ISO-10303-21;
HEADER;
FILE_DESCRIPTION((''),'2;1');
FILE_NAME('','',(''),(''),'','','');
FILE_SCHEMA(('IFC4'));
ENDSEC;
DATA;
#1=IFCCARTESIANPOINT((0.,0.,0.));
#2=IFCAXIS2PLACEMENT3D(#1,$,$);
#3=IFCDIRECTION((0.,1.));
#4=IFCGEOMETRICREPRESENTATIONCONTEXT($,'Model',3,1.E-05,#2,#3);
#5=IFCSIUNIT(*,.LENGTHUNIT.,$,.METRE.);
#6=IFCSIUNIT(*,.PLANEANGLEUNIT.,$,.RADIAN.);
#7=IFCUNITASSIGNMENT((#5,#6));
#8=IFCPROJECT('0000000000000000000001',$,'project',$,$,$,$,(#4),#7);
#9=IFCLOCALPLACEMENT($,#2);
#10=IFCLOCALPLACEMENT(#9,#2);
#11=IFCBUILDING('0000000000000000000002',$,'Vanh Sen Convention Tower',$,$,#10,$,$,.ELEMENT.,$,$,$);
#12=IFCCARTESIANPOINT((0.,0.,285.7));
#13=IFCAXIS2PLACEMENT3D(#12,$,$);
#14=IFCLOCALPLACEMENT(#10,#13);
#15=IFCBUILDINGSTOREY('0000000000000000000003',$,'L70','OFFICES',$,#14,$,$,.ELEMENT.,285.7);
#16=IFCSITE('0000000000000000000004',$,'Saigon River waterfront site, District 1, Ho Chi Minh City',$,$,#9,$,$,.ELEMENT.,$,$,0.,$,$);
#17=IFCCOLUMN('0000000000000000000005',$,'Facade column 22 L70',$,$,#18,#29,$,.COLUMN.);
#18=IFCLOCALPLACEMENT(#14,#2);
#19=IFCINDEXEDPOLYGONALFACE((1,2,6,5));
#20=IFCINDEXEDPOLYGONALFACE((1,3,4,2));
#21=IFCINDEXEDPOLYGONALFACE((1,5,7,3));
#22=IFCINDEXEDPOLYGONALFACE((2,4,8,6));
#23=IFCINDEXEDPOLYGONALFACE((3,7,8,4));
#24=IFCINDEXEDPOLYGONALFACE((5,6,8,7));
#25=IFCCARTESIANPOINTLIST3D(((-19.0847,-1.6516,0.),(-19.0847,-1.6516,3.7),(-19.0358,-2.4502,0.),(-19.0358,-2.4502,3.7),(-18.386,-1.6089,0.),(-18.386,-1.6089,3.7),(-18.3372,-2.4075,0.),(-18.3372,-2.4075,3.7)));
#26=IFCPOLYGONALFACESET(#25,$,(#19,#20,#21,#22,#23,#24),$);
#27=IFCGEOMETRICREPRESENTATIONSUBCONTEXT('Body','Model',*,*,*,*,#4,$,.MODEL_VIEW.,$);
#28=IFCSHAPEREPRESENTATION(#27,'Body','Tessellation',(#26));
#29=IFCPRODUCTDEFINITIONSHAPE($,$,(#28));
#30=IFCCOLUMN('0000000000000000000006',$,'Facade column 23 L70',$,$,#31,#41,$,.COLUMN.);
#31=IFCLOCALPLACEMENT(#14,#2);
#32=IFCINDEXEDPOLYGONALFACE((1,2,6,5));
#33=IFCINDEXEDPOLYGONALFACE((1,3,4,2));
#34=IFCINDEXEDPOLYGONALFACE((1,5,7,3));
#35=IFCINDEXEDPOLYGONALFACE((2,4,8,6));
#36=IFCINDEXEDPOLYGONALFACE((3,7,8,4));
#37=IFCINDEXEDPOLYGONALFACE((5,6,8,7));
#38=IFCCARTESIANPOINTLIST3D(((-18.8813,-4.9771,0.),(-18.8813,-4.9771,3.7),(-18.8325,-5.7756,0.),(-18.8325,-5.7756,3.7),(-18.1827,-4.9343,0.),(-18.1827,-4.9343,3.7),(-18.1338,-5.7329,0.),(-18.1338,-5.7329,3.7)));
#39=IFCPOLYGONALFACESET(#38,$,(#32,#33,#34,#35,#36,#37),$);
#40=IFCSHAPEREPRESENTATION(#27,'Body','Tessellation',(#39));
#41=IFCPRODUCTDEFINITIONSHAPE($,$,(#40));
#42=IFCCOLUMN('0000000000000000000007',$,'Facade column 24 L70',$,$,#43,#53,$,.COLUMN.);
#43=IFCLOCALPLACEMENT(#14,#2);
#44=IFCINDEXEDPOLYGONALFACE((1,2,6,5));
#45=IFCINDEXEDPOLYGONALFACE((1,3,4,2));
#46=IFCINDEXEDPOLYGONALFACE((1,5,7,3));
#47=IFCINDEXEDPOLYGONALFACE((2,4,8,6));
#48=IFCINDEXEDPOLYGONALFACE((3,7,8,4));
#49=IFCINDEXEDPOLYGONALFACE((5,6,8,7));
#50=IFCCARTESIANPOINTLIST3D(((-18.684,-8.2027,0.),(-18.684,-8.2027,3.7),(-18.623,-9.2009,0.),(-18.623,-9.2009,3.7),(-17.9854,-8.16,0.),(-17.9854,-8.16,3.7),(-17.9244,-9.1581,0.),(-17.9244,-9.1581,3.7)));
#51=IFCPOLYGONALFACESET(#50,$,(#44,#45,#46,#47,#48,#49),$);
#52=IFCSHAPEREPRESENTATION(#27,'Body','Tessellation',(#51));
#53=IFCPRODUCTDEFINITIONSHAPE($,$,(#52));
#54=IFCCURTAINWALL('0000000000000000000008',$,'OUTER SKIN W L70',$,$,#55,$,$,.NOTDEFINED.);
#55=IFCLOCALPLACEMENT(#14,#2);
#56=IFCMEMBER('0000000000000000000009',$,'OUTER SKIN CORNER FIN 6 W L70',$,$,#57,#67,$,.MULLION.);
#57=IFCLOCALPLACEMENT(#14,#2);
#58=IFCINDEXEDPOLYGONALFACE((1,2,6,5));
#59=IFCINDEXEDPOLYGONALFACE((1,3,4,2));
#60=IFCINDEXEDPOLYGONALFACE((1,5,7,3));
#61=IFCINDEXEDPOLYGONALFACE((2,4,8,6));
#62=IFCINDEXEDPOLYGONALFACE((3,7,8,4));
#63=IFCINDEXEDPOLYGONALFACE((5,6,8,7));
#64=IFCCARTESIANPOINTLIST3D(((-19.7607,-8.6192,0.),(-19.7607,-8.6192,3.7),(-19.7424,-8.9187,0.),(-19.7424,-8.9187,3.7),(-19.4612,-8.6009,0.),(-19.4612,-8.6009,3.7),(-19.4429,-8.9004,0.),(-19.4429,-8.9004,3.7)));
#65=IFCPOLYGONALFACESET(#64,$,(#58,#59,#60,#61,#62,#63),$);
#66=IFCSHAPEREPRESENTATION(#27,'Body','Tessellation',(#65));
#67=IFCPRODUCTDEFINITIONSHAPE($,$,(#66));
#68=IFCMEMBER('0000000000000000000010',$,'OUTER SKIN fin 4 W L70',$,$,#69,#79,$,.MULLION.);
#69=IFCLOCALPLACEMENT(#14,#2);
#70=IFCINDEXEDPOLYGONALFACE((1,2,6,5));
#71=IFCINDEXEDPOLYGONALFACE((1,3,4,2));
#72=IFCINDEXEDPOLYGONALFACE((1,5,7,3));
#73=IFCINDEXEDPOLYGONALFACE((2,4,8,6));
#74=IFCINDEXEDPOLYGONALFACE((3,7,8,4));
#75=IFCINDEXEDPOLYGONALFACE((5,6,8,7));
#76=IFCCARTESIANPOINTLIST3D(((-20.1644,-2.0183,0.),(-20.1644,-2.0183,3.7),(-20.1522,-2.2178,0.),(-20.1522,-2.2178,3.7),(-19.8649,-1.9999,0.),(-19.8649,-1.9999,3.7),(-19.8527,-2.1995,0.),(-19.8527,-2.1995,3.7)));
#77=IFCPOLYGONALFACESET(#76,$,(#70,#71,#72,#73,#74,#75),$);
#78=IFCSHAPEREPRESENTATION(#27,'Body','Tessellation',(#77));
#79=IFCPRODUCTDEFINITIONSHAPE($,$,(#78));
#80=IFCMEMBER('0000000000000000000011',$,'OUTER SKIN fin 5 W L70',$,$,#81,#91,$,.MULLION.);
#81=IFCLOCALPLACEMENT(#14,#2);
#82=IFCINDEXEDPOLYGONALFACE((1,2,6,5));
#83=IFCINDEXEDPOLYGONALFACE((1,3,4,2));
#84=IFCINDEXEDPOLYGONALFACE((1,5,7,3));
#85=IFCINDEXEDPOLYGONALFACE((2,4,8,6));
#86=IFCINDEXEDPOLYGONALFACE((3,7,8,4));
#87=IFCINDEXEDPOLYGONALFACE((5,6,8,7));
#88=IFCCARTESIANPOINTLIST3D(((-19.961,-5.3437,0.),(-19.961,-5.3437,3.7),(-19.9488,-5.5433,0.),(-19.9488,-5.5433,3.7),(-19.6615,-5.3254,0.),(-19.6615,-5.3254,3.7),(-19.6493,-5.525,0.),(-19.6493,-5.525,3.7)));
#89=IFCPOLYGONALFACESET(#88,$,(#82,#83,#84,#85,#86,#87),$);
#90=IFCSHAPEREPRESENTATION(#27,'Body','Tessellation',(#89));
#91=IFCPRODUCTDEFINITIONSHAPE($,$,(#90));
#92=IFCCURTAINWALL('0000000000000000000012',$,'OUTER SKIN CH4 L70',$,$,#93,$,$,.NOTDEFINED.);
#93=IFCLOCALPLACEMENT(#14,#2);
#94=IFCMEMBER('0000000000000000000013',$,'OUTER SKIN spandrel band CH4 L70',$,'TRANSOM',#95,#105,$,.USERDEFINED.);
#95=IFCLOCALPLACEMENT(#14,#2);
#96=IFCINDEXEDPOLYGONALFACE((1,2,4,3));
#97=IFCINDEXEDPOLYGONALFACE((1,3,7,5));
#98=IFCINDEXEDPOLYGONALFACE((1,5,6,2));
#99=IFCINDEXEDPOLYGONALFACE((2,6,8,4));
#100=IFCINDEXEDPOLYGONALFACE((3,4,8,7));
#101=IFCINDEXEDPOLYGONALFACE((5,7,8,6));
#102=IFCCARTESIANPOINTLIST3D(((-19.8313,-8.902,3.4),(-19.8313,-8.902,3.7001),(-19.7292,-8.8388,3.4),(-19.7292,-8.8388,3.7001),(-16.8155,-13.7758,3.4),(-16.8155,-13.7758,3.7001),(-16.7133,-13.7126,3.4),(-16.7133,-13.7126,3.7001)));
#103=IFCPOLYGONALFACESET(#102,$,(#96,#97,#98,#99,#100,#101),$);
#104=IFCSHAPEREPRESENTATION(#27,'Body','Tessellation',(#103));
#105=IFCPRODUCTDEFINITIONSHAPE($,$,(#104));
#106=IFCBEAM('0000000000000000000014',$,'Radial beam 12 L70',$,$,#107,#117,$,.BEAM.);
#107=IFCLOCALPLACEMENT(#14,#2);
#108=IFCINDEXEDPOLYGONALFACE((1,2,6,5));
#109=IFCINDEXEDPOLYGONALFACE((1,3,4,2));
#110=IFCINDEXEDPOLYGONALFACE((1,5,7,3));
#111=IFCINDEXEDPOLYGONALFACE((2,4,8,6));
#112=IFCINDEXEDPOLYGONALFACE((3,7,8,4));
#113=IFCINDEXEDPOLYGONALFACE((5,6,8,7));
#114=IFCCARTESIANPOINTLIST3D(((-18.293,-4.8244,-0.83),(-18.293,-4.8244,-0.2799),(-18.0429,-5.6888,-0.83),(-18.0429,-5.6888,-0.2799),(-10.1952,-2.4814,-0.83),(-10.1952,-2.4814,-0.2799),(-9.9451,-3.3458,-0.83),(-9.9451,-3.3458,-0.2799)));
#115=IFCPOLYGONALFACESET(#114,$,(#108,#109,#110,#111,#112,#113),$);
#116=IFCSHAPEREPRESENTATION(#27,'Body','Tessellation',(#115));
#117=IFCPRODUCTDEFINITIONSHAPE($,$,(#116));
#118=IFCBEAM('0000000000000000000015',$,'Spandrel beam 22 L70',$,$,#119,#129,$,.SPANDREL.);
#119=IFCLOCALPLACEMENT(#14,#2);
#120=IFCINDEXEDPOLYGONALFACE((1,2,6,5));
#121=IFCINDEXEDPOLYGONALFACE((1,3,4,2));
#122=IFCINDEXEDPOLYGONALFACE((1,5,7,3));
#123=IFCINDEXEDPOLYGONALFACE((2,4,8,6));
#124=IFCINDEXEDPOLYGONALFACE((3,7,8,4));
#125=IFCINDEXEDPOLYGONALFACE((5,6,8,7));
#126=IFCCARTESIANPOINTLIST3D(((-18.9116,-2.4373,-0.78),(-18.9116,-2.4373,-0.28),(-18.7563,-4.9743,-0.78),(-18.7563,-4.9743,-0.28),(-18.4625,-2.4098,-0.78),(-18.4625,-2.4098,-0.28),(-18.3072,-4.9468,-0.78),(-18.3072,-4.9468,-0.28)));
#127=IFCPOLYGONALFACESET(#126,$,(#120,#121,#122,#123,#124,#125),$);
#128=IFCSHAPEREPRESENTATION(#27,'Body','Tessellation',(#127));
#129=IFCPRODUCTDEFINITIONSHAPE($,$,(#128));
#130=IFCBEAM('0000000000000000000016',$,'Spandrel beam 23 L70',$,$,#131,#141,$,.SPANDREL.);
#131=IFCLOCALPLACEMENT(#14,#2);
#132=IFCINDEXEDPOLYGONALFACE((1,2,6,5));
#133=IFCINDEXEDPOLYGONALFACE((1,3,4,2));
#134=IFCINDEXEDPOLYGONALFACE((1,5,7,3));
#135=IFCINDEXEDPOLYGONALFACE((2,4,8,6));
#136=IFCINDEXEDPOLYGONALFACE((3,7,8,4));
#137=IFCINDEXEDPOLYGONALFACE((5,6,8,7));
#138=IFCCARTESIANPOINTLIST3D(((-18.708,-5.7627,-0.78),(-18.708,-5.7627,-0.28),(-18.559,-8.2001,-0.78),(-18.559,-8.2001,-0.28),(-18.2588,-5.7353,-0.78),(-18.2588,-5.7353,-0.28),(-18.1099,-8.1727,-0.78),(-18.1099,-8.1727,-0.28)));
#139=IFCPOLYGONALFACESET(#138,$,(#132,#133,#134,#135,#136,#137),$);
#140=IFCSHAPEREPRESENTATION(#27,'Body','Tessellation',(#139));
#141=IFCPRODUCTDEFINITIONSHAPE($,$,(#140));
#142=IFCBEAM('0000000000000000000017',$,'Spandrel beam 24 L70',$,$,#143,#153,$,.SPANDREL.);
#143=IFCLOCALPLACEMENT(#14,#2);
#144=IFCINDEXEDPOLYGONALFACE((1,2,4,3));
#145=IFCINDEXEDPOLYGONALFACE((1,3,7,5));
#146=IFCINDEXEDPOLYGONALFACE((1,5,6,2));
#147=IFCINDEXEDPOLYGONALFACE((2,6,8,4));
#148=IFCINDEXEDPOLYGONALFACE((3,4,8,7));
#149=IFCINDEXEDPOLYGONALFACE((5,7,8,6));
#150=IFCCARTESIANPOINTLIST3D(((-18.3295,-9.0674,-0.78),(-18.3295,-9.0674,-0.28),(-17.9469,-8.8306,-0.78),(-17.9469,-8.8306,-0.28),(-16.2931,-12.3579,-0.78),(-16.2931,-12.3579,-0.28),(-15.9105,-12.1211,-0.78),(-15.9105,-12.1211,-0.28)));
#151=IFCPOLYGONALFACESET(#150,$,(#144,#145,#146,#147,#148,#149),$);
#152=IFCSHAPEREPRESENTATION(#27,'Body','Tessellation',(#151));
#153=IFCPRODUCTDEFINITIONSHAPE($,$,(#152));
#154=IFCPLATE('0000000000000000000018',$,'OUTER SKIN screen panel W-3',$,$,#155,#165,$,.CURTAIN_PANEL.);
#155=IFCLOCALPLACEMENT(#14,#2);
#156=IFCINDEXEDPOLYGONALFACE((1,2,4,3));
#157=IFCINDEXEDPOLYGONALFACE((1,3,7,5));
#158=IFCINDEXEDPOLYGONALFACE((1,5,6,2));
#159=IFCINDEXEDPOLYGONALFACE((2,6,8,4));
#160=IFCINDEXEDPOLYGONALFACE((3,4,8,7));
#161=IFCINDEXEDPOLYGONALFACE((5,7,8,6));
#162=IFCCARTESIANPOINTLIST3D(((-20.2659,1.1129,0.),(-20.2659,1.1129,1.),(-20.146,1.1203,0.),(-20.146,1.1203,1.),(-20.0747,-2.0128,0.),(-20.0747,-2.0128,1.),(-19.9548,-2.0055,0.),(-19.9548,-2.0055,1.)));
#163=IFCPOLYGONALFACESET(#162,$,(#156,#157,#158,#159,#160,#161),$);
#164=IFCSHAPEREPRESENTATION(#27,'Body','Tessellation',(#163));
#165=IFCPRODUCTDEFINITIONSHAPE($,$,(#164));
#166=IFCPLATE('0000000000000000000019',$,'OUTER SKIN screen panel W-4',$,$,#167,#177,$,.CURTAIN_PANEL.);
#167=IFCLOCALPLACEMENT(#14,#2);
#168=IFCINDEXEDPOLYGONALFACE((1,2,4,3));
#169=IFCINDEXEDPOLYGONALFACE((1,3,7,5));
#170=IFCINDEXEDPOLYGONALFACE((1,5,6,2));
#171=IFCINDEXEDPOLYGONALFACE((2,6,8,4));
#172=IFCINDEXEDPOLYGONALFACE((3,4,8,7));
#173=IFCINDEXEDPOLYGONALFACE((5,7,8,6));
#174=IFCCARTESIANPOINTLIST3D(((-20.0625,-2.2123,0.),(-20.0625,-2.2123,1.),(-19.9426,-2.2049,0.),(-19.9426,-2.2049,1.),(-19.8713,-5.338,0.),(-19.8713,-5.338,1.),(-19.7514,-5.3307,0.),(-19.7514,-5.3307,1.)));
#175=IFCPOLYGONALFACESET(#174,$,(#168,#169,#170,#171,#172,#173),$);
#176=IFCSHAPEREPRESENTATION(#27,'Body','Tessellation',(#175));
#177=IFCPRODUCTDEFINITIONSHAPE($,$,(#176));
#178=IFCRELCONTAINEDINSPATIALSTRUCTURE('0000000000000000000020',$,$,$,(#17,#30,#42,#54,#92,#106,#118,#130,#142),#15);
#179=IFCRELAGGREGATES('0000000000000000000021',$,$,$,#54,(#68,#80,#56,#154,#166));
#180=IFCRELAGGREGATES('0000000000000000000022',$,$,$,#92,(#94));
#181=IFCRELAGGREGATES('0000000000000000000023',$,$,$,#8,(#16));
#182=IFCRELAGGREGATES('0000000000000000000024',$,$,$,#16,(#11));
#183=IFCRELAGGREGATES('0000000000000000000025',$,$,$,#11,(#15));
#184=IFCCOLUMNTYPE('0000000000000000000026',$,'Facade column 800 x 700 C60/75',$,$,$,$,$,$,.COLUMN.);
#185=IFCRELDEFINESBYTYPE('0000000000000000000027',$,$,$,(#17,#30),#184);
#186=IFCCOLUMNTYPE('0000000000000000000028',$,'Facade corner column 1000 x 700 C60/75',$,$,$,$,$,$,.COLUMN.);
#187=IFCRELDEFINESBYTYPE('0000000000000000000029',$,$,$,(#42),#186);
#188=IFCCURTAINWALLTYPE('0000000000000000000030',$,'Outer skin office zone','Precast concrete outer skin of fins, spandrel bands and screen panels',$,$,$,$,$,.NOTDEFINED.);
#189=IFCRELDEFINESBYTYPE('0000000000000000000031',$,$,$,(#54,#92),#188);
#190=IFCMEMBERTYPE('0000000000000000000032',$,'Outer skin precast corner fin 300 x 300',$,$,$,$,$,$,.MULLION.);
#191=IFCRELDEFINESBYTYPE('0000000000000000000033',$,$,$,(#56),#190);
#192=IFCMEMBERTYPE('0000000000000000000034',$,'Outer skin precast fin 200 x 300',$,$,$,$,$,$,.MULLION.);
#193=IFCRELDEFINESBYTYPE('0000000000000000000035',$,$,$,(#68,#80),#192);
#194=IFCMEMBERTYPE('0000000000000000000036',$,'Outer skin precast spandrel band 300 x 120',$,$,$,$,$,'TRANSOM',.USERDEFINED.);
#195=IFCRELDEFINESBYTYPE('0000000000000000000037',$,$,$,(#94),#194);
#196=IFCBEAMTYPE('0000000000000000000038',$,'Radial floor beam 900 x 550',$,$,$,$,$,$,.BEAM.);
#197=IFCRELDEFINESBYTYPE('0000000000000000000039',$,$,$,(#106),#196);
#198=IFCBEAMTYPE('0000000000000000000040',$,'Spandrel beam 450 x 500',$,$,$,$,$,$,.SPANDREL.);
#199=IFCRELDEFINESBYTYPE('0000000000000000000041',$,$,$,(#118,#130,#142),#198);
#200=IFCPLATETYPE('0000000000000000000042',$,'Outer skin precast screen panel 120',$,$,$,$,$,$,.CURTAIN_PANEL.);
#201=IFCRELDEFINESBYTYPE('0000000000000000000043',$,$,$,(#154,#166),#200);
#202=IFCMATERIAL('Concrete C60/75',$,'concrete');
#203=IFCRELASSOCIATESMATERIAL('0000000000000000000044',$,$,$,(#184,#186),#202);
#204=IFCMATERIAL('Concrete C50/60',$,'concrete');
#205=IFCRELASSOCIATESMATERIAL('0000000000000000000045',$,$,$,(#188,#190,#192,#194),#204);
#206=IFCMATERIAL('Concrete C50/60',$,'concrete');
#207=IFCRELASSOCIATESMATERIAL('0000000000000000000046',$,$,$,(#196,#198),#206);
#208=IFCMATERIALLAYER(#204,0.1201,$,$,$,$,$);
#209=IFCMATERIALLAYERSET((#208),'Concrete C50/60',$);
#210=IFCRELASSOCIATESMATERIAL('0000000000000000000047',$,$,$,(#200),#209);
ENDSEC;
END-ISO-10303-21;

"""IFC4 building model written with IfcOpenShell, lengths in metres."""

from ifc_helpers import new_model, si_unit, direction, frame, origin, origin_2d, place, context, subcontext, project, spatial, rectangle, extrude, material, layer, layer_set, material_profile, profile_set, type_object, element, aggregate, save


model = new_model("IFC4")

# Units and contexts
model_context = context("Model", 3, precision=1e-05, world=origin(), true_north=direction((0.0, 1.0)))
body_context = subcontext(model_context, "Body", "Model", "MODEL_VIEW")
ifc_project = project(units=[si_unit("LENGTHUNIT", "METRE"), si_unit("PLANEANGLEUNIT", "RADIAN")], contexts=[model_context])

# Site, building, storey
site_placement = place(None, origin())
site = spatial("IfcSite", under=ifc_project, at=site_placement, Name="Saigon River waterfront site, District 1, Ho Chi Minh City", CompositionType="ELEMENT", RefElevation=0.0)
building_placement = place(site_placement, origin())
building = spatial("IfcBuilding", under=site, at=building_placement, Name="Vanh Sen Convention Tower", CompositionType="ELEMENT")
storey_placement = place(building_placement, frame((0.0, 0.0, 285.7)))
storey = spatial("IfcBuildingStorey", under=building, at=storey_placement, Name="L70", Description="OFFICES", CompositionType="ELEMENT", Elevation=285.7)

# Columns
ifc_material_1 = material(Name="Concrete C60/75", Category="concrete")
ifc_material_profile_1 = material_profile(ifc_material_1, rectangle(XDim=0.8, YDim=0.7, at=origin_2d()), Name="RC 800X700")
ifc_profile_set_1 = profile_set([ifc_material_profile_1], Name="Concrete C60/75")
column_type_1 = type_object("IfcColumnType", Name="Facade column 800 x 700 C60/75", PredefinedType="COLUMN", material=ifc_profile_set_1)
for number, where, z_axis, x_axis, name in (
    (1, (-18.7109, -2.0295, 0.0), (0.0, 0.0, 1.0), (0.061049, -0.998135, 0.0), "Facade column 22 L70"),
    (2, (-18.5076, -5.355, 0.0), (0.0, 0.0, 1.0), (0.061049, -0.998135, 0.0), "Facade column 23 L70"),
):
    element("IfcColumn", number, at=place(storey_placement, frame(where, z_axis=z_axis, x_axis=x_axis)), inside=storey, type_object=column_type_1, Name=name, PredefinedType="COLUMN", context=body_context, shape_type="SweptSolid", body=[
        extrude(rectangle(XDim=0.8, YDim=0.7, at=origin_2d()), origin(), (0.0, 0.0, 1.0), 3.7),
    ])
ifc_material_profile_2 = material_profile(ifc_material_1, rectangle(XDim=1.0, YDim=0.7, at=origin_2d()), Name="RC 1000X700")
ifc_profile_set_2 = profile_set([ifc_material_profile_2], Name="Concrete C60/75")
column_type_2 = type_object("IfcColumnType", Name="Facade corner column 1000 x 700 C60/75", PredefinedType="COLUMN", material=ifc_profile_set_2)
column_placement = place(storey_placement, frame((-18.3042, -8.6804, 0.0), z_axis=(0.0, 0.0, 1.0), x_axis=(0.061049, -0.998135, 0.0)))
element("IfcColumn", 3, at=column_placement, inside=storey, type_object=column_type_2, Name="Facade column 24 L70", PredefinedType="COLUMN", context=body_context, shape_type="SweptSolid", body=[
    extrude(rectangle(XDim=1.0, YDim=0.7, at=origin_2d()), origin(), (0.0, 0.0, 1.0), 3.7),
])

# Curtain wall, members
ifc_material_2 = material(Name="Concrete C50/60", Category="concrete")
curtain_wall_type = type_object("IfcCurtainWallType", Name="Outer skin office zone", Description="Precast concrete outer skin of fins, spandrel bands and screen panels", PredefinedType="NOTDEFINED", material=ifc_material_2)
curtain_wall_1_placement = place(storey_placement, origin())
curtain_wall_1 = element("IfcCurtainWall", 4, at=curtain_wall_1_placement, inside=storey, type_object=curtain_wall_type, Name="OUTER SKIN W L70", PredefinedType="NOTDEFINED")
ifc_material_profile_3 = material_profile(ifc_material_2, rectangle(XDim=0.3, YDim=0.3, at=origin_2d()), Name="Outer skin precast corner fin 300 x 300")
ifc_profile_set_3 = profile_set([ifc_material_profile_3], Name="Concrete C50/60")
member_type_1 = type_object("IfcMemberType", Name="Outer skin precast corner fin 300 x 300", PredefinedType="MULLION", material=ifc_profile_set_3)
member_1_placement = place(storey_placement, frame((-19.6018, -8.7598, 0.0), z_axis=(0.0, 0.0, 1.0), x_axis=(0.061049, -0.998135, 0.0)))
member_1 = element("IfcMember", 5, at=member_1_placement, type_object=member_type_1, Name="OUTER SKIN CORNER FIN 6 W L70", PredefinedType="MULLION", context=body_context, shape_type="SweptSolid", body=[
    extrude(rectangle(XDim=0.3, YDim=0.3, at=origin_2d()), origin(), (0.0, 0.0, 1.0), 3.7),
])
ifc_material_profile_4 = material_profile(ifc_material_2, rectangle(XDim=0.2, YDim=0.3, at=origin_2d()), Name="Outer skin precast fin 200 x 300")
ifc_profile_set_4 = profile_set([ifc_material_profile_4], Name="Concrete C50/60")
member_type_2 = type_object("IfcMemberType", Name="Outer skin precast fin 200 x 300", PredefinedType="MULLION", material=ifc_profile_set_4)
member_2_placement = place(storey_placement, frame((-20.0085, -2.1089, 0.0), z_axis=(0.0, 0.0, 1.0), x_axis=(0.061049, -0.998135, 0.0)))
member_2 = element("IfcMember", 6, at=member_2_placement, type_object=member_type_2, Name="OUTER SKIN fin 4 W L70", PredefinedType="MULLION", context=body_context, shape_type="SweptSolid", body=[
    extrude(rectangle(XDim=0.2, YDim=0.3, at=origin_2d()), origin(), (0.0, 0.0, 1.0), 3.7),
])
member_3_placement = place(storey_placement, frame((-19.8052, -5.4343, 0.0), z_axis=(0.0, 0.0, 1.0), x_axis=(0.061049, -0.998135, 0.0)))
member_3 = element("IfcMember", 7, at=member_3_placement, type_object=member_type_2, Name="OUTER SKIN fin 5 W L70", PredefinedType="MULLION", context=body_context, shape_type="SweptSolid", body=[
    extrude(rectangle(XDim=0.2, YDim=0.3, at=origin_2d()), origin(), (0.0, 0.0, 1.0), 3.7),
])

# Curtain wall, member
curtain_wall_2_placement = place(storey_placement, origin())
curtain_wall_2 = element("IfcCurtainWall", 8, at=curtain_wall_2_placement, inside=storey, type_object=curtain_wall_type, Name="OUTER SKIN CH4 L70", PredefinedType="NOTDEFINED")
ifc_material_profile_5 = material_profile(ifc_material_2, rectangle(XDim=0.1201, YDim=0.3, at=origin_2d()), Name="Outer skin precast spandrel band 300 x 120")
ifc_profile_set_5 = profile_set([ifc_material_profile_5], Name="Concrete C50/60")
member_type_3 = type_object("IfcMemberType", Name="Outer skin precast spandrel band 300 x 120", ElementType="TRANSOM", PredefinedType="USERDEFINED", material=ifc_profile_set_5)
member_4_placement = place(storey_placement, frame((-19.7803, -8.8704, 3.55), z_axis=(0.526199, -0.850361, 0.0), x_axis=(0.850361, 0.526199, 0.0)))
member_4 = element("IfcMember", 9, at=member_4_placement, type_object=member_type_3, Name="OUTER SKIN spandrel band CH4 L70", ObjectType="TRANSOM", PredefinedType="USERDEFINED", context=body_context, shape_type="SweptSolid", body=[
    extrude(rectangle(XDim=0.1201, YDim=0.3, at=origin_2d()), origin(), (0.0, 0.0, 1.0), 5.7314),
])

# Beams
ifc_material_3 = material(Name="Concrete C50/60", Category="concrete")
ifc_material_profile_6 = material_profile(ifc_material_3, rectangle(XDim=0.8999, YDim=0.55, at=origin_2d()), Name="RC 900X550")
ifc_profile_set_6 = profile_set([ifc_material_profile_6], Name="Concrete C50/60")
beam_type_1 = type_object("IfcBeamType", Name="Radial floor beam 900 x 550", PredefinedType="BEAM", material=ifc_profile_set_6)
beam_1_placement = place(storey_placement, frame((-18.168, -5.2566, -0.5549), z_axis=(0.960599, 0.277936, 0.0), x_axis=(-0.277936, 0.960599, 0.0)))
element("IfcBeam", 10, at=beam_1_placement, inside=storey, type_object=beam_type_1, Name="Radial beam 12 L70", PredefinedType="BEAM", context=body_context, shape_type="SweptSolid", body=[
    extrude(rectangle(XDim=0.8999, YDim=0.55, at=origin_2d()), origin(), (0.0, 0.0, 1.0), 8.4299),
])
ifc_material_profile_7 = material_profile(ifc_material_3, rectangle(XDim=0.45, YDim=0.5, at=origin_2d()), Name="RC 450X500")
ifc_profile_set_7 = profile_set([ifc_material_profile_7], Name="Concrete C50/60")
beam_type_2 = type_object("IfcBeamType", Name="Spandrel beam 450 x 500", PredefinedType="SPANDREL", material=ifc_profile_set_7)
beam_2_placement = place(storey_placement, frame((-18.687, -2.4236, -0.53), z_axis=(0.061087, -0.998132, 0.0), x_axis=(0.998132, 0.061087, 0.0)))
element("IfcBeam", 11, at=beam_2_placement, inside=storey, type_object=beam_type_2, Name="Spandrel beam 22 L70", PredefinedType="SPANDREL", context=body_context, shape_type="SweptSolid", body=[
    extrude(rectangle(XDim=0.45, YDim=0.5, at=origin_2d()), origin(), (0.0, 0.0, 1.0), 2.5417),
])
beam_3_placement = place(storey_placement, frame((-18.4834, -5.749, -0.53), z_axis=(0.06099, -0.998138, 0.0), x_axis=(0.998138, 0.06099, 0.0)))
element("IfcBeam", 12, at=beam_3_placement, inside=storey, type_object=beam_type_2, Name="Spandrel beam 23 L70", PredefinedType="SPANDREL", context=body_context, shape_type="SweptSolid", body=[
    extrude(rectangle(XDim=0.45, YDim=0.5, at=origin_2d()), origin(), (0.0, 0.0, 1.0), 2.4419),
])
beam_4_placement = place(storey_placement, frame((-18.1382, -8.949, -0.53), z_axis=(0.526239, -0.850336, 0.0), x_axis=(0.850336, 0.526239, 0.0)))
element("IfcBeam", 13, at=beam_4_placement, inside=storey, type_object=beam_type_2, Name="Spandrel beam 24 L70", PredefinedType="SPANDREL", context=body_context, shape_type="SweptSolid", body=[
    extrude(rectangle(XDim=0.45, YDim=0.5, at=origin_2d()), origin(), (0.0, 0.0, 1.0), 3.8696),
])

# Plates
ifc_layer_1 = layer(ifc_material_2, 0.1201)
ifc_layer_set_1 = layer_set([ifc_layer_1], Name="Concrete C50/60")
plate_type = type_object("IfcPlateType", Name="Outer skin precast screen panel 120", PredefinedType="CURTAIN_PANEL", material=ifc_layer_set_1)
plate_1_placement = place(storey_placement, frame((-20.1104, -0.4463, 0.0), z_axis=(0.0, 0.0, 1.0), x_axis=(0.061052, -0.998135, 0.0)))
plate_1 = element("IfcPlate", 14, at=plate_1_placement, type_object=plate_type, Name="OUTER SKIN screen panel W-3", PredefinedType="CURTAIN_PANEL", context=body_context, shape_type="SweptSolid", body=[
    extrude(rectangle(XDim=3.1316, YDim=0.1201, at=origin_2d()), origin(), (0.0, 0.0, 1.0), 1.0),
])
plate_2_placement = place(storey_placement, frame((-19.907, -3.7715, 0.0), z_axis=(0.0, 0.0, 1.0), x_axis=(0.061052, -0.998135, 0.0)))
plate_2 = element("IfcPlate", 15, at=plate_2_placement, type_object=plate_type, Name="OUTER SKIN screen panel W-4", PredefinedType="CURTAIN_PANEL", context=body_context, shape_type="SweptSolid", body=[
    extrude(rectangle(XDim=3.1316, YDim=0.1201, at=origin_2d()), origin(), (0.0, 0.0, 1.0), 1.0),
])
aggregate(curtain_wall_1, [member_2, member_3, member_1, plate_1, plate_2])
aggregate(curtain_wall_2, [member_4])

save(model, "model.ifc")
